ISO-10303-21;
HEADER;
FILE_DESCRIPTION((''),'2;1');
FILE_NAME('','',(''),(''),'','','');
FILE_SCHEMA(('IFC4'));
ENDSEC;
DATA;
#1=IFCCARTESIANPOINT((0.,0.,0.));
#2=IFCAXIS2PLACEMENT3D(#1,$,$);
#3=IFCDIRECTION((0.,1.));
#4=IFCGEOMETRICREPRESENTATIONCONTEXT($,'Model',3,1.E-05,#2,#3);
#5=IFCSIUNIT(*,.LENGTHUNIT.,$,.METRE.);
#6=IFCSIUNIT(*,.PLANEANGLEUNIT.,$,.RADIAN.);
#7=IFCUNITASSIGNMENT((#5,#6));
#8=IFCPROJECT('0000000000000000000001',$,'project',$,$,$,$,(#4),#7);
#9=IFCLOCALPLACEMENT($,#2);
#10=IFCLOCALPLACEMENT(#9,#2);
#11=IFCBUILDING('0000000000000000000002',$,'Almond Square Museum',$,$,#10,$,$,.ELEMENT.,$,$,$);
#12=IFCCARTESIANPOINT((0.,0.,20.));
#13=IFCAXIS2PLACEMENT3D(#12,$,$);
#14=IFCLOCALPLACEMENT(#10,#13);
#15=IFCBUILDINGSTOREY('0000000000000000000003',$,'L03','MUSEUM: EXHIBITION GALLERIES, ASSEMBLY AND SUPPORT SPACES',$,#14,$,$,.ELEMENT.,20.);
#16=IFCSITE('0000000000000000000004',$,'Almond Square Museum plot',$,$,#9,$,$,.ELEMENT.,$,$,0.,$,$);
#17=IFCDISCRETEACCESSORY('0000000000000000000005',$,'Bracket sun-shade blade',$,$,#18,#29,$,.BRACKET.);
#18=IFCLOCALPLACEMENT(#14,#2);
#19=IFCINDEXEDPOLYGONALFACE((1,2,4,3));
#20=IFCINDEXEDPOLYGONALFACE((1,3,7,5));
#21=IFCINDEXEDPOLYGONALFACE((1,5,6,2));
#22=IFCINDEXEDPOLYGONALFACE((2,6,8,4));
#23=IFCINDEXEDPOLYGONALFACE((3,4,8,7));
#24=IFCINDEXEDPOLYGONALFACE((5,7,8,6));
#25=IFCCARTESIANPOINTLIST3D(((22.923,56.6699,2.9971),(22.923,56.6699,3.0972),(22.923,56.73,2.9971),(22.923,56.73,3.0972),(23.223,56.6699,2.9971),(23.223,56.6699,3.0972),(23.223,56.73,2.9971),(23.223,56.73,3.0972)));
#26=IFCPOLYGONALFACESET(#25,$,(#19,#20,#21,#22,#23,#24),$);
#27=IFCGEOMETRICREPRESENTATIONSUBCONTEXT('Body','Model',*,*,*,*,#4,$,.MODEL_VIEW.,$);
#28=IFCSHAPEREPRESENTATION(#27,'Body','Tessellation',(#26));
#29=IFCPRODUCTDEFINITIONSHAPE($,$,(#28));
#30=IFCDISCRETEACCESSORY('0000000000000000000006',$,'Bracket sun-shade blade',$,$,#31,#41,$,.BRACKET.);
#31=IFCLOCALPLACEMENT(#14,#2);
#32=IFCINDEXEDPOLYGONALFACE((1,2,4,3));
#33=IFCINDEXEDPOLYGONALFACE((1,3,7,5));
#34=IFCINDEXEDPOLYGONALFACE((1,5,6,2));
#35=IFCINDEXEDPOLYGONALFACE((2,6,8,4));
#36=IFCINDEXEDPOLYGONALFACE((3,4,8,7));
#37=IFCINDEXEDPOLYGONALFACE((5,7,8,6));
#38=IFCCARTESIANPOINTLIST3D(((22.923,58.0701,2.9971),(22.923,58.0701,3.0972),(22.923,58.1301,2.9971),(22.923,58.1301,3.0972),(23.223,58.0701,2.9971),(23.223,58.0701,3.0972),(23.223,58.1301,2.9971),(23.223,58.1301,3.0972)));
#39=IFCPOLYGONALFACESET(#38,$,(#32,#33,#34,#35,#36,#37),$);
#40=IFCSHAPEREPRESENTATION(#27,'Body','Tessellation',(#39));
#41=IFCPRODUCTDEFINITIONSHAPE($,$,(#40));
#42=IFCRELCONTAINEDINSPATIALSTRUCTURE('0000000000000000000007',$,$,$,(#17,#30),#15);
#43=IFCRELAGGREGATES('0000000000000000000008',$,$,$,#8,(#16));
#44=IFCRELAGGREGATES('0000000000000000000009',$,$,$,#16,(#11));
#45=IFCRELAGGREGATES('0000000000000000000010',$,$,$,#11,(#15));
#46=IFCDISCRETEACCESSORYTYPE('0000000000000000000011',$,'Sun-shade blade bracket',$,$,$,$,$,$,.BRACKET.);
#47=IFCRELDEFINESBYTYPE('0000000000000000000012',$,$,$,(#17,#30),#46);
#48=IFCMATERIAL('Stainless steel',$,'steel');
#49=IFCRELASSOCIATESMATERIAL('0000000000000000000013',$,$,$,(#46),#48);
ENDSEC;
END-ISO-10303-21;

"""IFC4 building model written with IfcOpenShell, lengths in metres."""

from ifc_helpers import new_model, si_unit, direction, frame, origin, origin_2d, place, context, subcontext, project, spatial, rectangle, extrude, material, type_object, element, save


model = new_model("IFC4")

# Units and contexts
model_context = context("Model", 3, precision=1e-05, world=origin(), true_north=direction((0.0, 1.0)))
body_context = subcontext(model_context, "Body", "Model", "MODEL_VIEW")
ifc_project = project(units=[si_unit("LENGTHUNIT", "METRE"), si_unit("PLANEANGLEUNIT", "RADIAN")], contexts=[model_context])

# Site, building, storey
site_placement = place(None, origin())
site = spatial("IfcSite", under=ifc_project, at=site_placement, Name="Almond Square Museum plot", CompositionType="ELEMENT", RefElevation=0.0)
building_placement = place(site_placement, origin())
building = spatial("IfcBuilding", under=site, at=building_placement, Name="Almond Square Museum", CompositionType="ELEMENT")
storey_placement = place(building_placement, frame((0.0, 0.0, 20.0)))
storey = spatial("IfcBuildingStorey", under=building, at=storey_placement, Name="L03", Description="MUSEUM: EXHIBITION GALLERIES, ASSEMBLY AND SUPPORT SPACES", CompositionType="ELEMENT", Elevation=20.0)

# Discrete accessories
ifc_material_1 = material(Name="Stainless steel", Category="steel")
discrete_accessory_type = type_object("IfcDiscreteAccessoryType", Name="Sun-shade blade bracket", PredefinedType="BRACKET", material=ifc_material_1)
for number, where, z_axis, x_axis, name in (
    (1, (23.073, 56.7, 2.9971), (0.0, 0.0, 1.0), (1.0, 0.0, 0.0), "Bracket sun-shade blade"),
    (2, (23.073, 58.1001, 2.9971), (0.0, 0.0, 1.0), (1.0, 0.0, 0.0), "Bracket sun-shade blade"),
):
    element("IfcDiscreteAccessory", number, at=place(storey_placement, frame(where, z_axis=z_axis, x_axis=x_axis)), inside=storey, type_object=discrete_accessory_type, Name=name, PredefinedType="BRACKET", context=body_context, shape_type="SweptSolid", body=[
        extrude(rectangle(XDim=0.3, YDim=0.0601, at=origin_2d()), origin(), (0.0, 0.0, 1.0), 0.1001),
    ])

save(model, "model.ifc")
